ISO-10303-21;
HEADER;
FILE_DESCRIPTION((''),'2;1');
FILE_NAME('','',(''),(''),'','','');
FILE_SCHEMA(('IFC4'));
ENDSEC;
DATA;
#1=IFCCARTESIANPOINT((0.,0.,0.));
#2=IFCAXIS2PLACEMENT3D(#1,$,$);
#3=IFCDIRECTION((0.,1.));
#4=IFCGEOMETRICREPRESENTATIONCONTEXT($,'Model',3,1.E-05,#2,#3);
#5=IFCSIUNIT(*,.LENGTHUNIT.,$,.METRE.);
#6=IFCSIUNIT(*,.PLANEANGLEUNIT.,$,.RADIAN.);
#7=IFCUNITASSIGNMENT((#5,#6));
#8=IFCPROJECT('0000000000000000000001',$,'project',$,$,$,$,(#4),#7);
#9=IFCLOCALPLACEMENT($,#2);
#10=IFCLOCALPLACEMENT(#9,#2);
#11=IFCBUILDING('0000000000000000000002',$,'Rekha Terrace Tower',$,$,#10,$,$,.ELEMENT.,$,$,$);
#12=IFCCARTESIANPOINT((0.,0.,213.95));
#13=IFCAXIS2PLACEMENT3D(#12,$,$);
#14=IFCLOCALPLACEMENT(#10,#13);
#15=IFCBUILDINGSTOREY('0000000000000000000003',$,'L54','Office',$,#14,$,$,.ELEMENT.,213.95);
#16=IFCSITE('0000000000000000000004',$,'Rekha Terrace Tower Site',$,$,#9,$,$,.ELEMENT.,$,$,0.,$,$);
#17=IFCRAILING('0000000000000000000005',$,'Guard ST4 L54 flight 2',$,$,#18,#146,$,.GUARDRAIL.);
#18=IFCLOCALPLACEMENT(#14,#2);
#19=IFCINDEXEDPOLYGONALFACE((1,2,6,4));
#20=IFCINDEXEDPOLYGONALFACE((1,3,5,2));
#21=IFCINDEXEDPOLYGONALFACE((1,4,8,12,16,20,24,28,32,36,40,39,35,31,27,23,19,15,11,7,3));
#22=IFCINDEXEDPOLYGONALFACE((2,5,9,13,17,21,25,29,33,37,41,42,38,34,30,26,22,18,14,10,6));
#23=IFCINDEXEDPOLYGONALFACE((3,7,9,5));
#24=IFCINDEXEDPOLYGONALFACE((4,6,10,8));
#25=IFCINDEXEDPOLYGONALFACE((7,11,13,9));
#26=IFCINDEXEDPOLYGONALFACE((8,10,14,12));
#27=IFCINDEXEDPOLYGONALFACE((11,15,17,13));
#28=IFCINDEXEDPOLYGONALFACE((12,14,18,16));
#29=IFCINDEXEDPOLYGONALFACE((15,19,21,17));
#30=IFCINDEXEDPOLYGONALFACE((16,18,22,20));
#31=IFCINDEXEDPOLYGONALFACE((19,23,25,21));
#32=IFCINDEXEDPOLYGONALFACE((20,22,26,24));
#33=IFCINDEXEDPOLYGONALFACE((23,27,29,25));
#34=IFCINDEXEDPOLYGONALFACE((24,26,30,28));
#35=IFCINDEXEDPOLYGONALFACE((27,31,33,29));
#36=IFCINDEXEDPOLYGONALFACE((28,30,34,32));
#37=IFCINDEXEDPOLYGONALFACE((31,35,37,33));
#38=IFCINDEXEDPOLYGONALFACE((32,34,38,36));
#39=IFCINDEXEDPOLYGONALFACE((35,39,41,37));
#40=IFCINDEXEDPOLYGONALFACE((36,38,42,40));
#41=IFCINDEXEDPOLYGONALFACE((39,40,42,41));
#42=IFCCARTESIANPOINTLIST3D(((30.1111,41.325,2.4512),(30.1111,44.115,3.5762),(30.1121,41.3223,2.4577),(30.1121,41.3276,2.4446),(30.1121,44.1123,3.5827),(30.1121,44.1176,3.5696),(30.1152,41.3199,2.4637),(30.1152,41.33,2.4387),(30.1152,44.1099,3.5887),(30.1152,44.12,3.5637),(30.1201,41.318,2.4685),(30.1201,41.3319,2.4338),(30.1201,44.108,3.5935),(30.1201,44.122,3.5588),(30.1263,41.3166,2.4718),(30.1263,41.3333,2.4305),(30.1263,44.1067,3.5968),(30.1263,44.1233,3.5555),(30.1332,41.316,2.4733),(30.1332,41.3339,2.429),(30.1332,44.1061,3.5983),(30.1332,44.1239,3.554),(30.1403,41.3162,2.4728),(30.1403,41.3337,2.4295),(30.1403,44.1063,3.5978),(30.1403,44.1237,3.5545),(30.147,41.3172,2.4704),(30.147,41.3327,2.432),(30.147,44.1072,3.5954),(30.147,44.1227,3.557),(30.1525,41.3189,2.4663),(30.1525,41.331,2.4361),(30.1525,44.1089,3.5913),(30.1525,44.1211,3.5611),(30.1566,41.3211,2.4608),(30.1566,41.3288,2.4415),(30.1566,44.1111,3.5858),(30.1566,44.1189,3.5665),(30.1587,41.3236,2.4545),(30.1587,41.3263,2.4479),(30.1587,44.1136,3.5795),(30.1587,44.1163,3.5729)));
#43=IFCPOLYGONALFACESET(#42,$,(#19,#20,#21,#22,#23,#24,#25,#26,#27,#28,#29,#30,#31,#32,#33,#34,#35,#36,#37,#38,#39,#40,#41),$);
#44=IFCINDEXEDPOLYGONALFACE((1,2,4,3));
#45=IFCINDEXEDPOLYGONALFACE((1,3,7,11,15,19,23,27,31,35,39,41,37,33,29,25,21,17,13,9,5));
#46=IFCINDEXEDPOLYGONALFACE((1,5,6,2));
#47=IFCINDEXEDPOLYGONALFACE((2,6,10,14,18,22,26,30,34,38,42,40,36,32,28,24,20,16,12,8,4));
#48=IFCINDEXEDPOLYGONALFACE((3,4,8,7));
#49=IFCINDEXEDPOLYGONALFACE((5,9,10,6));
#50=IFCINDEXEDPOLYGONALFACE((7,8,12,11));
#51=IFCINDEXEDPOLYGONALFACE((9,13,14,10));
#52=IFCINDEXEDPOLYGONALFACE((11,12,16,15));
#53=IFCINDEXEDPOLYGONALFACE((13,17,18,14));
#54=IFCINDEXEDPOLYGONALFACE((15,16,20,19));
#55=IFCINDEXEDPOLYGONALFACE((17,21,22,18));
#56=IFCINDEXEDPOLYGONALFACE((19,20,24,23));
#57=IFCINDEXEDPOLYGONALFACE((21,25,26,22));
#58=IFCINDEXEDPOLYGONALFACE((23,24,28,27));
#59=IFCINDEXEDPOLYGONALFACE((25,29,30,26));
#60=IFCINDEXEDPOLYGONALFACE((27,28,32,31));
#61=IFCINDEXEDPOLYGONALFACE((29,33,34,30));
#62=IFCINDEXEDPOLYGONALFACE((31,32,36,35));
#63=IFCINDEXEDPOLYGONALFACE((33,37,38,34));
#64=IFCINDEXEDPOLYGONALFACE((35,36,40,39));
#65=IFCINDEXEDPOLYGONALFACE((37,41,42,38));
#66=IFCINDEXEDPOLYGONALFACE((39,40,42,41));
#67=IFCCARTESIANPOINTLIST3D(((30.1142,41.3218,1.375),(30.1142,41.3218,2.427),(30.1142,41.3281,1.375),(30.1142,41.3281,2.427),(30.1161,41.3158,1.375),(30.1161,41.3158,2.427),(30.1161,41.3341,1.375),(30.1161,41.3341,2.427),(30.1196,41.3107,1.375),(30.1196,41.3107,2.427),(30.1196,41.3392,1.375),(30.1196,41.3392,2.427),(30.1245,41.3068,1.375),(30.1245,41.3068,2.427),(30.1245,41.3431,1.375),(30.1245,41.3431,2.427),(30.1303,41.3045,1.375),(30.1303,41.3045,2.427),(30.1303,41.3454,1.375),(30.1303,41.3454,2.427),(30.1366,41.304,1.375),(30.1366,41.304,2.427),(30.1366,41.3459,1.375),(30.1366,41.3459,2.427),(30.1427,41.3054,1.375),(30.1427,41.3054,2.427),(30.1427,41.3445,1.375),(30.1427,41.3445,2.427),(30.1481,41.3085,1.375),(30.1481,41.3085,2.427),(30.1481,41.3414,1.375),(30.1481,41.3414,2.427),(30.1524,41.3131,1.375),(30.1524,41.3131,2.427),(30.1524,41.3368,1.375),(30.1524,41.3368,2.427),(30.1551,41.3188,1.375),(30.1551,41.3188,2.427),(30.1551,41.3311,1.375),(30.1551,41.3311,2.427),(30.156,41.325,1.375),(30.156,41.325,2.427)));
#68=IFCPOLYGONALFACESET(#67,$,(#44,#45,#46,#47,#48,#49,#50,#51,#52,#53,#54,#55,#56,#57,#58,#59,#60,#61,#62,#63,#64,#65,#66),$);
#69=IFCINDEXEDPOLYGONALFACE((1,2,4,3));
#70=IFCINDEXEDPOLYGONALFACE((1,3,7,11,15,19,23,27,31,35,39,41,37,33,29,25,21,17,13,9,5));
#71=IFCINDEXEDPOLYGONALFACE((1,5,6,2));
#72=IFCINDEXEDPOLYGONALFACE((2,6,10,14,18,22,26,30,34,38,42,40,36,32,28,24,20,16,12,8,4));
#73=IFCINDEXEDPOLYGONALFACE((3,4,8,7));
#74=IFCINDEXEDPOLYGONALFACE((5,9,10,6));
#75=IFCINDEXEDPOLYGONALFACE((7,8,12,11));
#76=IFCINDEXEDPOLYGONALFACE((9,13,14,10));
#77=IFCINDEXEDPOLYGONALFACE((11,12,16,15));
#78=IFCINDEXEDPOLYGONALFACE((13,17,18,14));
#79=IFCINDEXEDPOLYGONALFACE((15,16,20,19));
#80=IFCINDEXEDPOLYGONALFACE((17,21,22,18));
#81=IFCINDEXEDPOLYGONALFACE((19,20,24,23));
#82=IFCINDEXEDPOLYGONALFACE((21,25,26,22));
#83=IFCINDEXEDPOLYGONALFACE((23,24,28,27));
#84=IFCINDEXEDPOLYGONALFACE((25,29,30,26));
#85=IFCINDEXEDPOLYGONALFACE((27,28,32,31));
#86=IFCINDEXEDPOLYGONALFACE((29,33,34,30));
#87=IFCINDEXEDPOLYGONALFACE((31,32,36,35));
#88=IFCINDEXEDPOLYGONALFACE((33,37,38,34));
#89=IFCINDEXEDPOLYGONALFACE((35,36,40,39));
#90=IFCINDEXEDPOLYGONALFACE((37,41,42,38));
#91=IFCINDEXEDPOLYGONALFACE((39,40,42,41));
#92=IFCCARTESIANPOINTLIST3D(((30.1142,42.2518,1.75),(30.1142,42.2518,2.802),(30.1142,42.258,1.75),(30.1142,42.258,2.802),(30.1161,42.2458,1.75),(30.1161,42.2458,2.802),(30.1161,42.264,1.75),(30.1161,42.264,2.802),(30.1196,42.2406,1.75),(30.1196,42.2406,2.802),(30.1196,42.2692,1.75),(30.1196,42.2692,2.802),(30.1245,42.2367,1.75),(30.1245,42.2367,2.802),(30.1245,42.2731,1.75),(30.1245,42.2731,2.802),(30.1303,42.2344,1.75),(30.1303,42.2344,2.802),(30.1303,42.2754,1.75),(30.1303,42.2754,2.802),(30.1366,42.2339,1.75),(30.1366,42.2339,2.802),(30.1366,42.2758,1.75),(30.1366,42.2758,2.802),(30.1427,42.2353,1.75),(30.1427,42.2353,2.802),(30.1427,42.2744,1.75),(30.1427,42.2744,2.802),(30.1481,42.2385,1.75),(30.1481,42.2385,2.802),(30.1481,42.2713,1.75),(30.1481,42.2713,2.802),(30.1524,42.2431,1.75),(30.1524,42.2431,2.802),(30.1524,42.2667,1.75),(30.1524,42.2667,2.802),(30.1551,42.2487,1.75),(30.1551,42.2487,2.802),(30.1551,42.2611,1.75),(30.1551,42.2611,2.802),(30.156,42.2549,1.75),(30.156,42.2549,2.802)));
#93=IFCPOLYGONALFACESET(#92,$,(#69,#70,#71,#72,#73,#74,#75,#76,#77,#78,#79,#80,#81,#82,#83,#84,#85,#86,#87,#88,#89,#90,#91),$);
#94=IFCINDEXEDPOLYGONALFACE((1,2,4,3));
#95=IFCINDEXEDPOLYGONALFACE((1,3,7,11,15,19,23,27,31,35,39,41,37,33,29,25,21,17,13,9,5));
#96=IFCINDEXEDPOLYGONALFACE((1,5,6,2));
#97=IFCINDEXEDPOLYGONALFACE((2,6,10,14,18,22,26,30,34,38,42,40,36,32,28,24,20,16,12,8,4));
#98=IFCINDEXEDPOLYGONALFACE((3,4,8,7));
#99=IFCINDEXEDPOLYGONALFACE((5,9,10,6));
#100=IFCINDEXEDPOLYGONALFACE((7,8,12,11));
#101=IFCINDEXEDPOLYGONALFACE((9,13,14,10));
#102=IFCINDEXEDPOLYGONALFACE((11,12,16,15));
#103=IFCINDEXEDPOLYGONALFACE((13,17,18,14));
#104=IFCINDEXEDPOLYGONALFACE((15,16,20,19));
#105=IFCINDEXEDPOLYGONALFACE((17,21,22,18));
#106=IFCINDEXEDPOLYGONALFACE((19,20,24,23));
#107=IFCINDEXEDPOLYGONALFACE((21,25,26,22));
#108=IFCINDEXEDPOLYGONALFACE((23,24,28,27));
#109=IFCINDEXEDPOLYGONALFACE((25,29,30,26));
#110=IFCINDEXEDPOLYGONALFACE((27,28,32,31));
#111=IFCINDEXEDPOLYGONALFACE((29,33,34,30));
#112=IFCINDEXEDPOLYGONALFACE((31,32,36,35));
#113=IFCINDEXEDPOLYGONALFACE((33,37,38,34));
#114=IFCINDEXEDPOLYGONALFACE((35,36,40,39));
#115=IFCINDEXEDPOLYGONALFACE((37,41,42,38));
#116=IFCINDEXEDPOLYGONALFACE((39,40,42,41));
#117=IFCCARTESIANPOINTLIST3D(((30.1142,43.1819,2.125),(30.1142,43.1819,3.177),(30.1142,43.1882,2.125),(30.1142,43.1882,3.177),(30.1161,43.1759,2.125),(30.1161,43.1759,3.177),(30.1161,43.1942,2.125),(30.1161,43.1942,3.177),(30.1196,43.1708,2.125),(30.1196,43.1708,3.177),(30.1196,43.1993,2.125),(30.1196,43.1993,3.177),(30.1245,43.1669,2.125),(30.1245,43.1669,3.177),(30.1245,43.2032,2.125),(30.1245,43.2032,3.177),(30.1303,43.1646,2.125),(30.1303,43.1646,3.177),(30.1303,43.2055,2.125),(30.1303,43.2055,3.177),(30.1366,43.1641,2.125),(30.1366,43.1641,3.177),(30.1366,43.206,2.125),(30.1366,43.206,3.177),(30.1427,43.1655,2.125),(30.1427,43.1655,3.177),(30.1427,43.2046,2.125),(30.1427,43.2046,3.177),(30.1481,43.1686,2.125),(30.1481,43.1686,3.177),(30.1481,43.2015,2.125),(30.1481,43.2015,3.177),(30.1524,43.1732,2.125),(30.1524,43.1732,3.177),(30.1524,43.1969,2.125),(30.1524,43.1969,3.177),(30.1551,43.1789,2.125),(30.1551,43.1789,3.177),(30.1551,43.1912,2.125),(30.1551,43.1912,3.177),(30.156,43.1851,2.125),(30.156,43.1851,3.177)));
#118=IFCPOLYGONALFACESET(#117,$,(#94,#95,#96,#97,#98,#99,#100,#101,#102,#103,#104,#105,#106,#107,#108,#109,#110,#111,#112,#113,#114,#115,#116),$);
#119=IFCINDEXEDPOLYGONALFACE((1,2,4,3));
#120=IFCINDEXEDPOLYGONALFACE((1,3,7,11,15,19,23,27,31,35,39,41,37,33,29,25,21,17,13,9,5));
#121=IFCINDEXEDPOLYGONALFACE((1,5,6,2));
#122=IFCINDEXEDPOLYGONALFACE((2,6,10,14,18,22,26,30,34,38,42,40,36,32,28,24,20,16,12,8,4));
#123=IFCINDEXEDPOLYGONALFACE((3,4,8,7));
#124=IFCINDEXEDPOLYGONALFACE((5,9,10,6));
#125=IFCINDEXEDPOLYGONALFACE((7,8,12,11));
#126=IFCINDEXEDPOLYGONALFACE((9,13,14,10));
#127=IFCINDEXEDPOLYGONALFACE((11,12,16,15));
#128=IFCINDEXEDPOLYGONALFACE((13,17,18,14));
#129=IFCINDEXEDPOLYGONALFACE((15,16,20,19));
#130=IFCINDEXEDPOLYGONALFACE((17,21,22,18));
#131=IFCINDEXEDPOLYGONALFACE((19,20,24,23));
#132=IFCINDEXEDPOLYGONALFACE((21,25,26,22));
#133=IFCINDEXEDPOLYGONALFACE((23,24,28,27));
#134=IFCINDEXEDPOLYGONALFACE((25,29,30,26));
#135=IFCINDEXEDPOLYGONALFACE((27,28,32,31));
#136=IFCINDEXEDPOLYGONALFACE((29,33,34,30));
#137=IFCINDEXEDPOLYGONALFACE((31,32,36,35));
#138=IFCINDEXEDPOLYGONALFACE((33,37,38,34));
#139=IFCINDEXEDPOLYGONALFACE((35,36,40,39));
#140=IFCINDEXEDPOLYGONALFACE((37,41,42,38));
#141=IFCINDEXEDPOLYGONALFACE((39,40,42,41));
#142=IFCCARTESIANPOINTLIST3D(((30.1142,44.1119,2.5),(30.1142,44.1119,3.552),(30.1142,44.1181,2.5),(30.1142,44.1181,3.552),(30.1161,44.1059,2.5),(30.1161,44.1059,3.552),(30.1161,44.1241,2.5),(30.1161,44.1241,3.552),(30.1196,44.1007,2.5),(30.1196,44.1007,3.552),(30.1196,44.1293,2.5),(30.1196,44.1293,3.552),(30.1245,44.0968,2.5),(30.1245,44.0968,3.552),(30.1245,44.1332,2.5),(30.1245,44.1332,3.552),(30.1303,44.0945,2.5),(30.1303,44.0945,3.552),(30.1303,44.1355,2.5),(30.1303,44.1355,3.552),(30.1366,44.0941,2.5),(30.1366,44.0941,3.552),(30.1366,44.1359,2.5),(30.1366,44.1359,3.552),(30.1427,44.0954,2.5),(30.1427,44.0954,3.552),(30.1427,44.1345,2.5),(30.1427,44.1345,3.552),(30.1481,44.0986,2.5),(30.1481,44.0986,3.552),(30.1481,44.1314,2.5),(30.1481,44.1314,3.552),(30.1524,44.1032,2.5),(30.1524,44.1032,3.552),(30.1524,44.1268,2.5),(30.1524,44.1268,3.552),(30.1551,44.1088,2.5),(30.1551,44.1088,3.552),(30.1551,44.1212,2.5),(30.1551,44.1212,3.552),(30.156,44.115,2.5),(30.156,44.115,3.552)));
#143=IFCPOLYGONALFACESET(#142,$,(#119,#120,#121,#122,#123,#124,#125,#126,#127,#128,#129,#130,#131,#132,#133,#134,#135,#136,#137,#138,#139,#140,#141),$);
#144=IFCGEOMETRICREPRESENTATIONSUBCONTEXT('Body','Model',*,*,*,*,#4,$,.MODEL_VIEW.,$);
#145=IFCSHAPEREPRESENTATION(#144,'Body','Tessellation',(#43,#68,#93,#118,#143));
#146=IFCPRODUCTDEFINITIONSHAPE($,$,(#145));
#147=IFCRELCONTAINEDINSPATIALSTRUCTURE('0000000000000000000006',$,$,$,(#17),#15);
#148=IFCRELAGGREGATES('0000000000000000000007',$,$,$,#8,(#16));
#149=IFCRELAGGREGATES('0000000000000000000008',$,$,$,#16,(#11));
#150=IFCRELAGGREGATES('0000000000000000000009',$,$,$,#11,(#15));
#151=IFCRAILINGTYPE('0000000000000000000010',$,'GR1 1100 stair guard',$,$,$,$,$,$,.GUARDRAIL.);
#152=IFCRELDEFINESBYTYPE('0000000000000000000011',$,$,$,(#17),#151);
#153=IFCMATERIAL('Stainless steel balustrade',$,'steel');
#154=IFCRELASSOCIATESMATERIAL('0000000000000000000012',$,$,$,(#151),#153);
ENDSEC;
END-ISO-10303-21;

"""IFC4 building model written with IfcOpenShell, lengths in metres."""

from ifc_helpers import new_model, si_unit, direction, frame, origin, origin_2d, place, context, subcontext, project, spatial, circle, extrude, material, type_object, element, save


model = new_model("IFC4")

# Units and contexts
model_context = context("Model", 3, precision=1e-05, world=origin(), true_north=direction((0.0, 1.0)))
body_context = subcontext(model_context, "Body", "Model", "MODEL_VIEW")
ifc_project = project(units=[si_unit("LENGTHUNIT", "METRE"), si_unit("PLANEANGLEUNIT", "RADIAN")], contexts=[model_context])

# Site, building, storey
site_placement = place(None, origin())
site = spatial("IfcSite", under=ifc_project, at=site_placement, Name="Rekha Terrace Tower Site", CompositionType="ELEMENT", RefElevation=0.0)
building_placement = place(site_placement, origin())
building = spatial("IfcBuilding", under=site, at=building_placement, Name="Rekha Terrace Tower", CompositionType="ELEMENT")
storey_placement = place(building_placement, frame((0.0, 0.0, 213.95)))
storey = spatial("IfcBuildingStorey", under=building, at=storey_placement, Name="L54", Description="Office", CompositionType="ELEMENT", Elevation=213.95)

# Railing
ifc_material_1 = material(Name="Stainless steel balustrade", Category="steel")
railing_type_1 = type_object("IfcRailingType", Name="GR1 1100 stair guard", PredefinedType="GUARDRAIL", material=ifc_material_1)
railing_1_placement = place(storey_placement, frame((30.135, 41.325, 1.375)))
element("IfcRailing", 1, at=railing_1_placement, inside=storey, type_object=railing_type_1, Name="Guard ST4 L54 flight 2", PredefinedType="GUARDRAIL", context=body_context, shape_type="SweptSolid", body=[
    extrude(circle(Radius=0.0239, at=origin_2d()), frame((0.0, 0.0, 1.0762), z_axis=(0.0, 0.927443, 0.373964), x_axis=(-1.0, 0.0, 0.0)), (0.0, 0.0, 1.0), 3.0083),
    extrude(circle(Radius=0.021, at=origin_2d()), origin(), (0.0, 0.0, 1.0), 1.052),
    extrude(circle(Radius=0.021, at=origin_2d()), frame((0.0, 0.9299, 0.375)), (0.0, 0.0, 1.0), 1.052),
    extrude(circle(Radius=0.021, at=origin_2d()), frame((0.0, 1.8601, 0.75)), (0.0, 0.0, 1.0), 1.052),
    extrude(circle(Radius=0.021, at=origin_2d()), frame((0.0, 2.79, 1.125)), (0.0, 0.0, 1.0), 1.052),
])

save(model, "model.ifc")
